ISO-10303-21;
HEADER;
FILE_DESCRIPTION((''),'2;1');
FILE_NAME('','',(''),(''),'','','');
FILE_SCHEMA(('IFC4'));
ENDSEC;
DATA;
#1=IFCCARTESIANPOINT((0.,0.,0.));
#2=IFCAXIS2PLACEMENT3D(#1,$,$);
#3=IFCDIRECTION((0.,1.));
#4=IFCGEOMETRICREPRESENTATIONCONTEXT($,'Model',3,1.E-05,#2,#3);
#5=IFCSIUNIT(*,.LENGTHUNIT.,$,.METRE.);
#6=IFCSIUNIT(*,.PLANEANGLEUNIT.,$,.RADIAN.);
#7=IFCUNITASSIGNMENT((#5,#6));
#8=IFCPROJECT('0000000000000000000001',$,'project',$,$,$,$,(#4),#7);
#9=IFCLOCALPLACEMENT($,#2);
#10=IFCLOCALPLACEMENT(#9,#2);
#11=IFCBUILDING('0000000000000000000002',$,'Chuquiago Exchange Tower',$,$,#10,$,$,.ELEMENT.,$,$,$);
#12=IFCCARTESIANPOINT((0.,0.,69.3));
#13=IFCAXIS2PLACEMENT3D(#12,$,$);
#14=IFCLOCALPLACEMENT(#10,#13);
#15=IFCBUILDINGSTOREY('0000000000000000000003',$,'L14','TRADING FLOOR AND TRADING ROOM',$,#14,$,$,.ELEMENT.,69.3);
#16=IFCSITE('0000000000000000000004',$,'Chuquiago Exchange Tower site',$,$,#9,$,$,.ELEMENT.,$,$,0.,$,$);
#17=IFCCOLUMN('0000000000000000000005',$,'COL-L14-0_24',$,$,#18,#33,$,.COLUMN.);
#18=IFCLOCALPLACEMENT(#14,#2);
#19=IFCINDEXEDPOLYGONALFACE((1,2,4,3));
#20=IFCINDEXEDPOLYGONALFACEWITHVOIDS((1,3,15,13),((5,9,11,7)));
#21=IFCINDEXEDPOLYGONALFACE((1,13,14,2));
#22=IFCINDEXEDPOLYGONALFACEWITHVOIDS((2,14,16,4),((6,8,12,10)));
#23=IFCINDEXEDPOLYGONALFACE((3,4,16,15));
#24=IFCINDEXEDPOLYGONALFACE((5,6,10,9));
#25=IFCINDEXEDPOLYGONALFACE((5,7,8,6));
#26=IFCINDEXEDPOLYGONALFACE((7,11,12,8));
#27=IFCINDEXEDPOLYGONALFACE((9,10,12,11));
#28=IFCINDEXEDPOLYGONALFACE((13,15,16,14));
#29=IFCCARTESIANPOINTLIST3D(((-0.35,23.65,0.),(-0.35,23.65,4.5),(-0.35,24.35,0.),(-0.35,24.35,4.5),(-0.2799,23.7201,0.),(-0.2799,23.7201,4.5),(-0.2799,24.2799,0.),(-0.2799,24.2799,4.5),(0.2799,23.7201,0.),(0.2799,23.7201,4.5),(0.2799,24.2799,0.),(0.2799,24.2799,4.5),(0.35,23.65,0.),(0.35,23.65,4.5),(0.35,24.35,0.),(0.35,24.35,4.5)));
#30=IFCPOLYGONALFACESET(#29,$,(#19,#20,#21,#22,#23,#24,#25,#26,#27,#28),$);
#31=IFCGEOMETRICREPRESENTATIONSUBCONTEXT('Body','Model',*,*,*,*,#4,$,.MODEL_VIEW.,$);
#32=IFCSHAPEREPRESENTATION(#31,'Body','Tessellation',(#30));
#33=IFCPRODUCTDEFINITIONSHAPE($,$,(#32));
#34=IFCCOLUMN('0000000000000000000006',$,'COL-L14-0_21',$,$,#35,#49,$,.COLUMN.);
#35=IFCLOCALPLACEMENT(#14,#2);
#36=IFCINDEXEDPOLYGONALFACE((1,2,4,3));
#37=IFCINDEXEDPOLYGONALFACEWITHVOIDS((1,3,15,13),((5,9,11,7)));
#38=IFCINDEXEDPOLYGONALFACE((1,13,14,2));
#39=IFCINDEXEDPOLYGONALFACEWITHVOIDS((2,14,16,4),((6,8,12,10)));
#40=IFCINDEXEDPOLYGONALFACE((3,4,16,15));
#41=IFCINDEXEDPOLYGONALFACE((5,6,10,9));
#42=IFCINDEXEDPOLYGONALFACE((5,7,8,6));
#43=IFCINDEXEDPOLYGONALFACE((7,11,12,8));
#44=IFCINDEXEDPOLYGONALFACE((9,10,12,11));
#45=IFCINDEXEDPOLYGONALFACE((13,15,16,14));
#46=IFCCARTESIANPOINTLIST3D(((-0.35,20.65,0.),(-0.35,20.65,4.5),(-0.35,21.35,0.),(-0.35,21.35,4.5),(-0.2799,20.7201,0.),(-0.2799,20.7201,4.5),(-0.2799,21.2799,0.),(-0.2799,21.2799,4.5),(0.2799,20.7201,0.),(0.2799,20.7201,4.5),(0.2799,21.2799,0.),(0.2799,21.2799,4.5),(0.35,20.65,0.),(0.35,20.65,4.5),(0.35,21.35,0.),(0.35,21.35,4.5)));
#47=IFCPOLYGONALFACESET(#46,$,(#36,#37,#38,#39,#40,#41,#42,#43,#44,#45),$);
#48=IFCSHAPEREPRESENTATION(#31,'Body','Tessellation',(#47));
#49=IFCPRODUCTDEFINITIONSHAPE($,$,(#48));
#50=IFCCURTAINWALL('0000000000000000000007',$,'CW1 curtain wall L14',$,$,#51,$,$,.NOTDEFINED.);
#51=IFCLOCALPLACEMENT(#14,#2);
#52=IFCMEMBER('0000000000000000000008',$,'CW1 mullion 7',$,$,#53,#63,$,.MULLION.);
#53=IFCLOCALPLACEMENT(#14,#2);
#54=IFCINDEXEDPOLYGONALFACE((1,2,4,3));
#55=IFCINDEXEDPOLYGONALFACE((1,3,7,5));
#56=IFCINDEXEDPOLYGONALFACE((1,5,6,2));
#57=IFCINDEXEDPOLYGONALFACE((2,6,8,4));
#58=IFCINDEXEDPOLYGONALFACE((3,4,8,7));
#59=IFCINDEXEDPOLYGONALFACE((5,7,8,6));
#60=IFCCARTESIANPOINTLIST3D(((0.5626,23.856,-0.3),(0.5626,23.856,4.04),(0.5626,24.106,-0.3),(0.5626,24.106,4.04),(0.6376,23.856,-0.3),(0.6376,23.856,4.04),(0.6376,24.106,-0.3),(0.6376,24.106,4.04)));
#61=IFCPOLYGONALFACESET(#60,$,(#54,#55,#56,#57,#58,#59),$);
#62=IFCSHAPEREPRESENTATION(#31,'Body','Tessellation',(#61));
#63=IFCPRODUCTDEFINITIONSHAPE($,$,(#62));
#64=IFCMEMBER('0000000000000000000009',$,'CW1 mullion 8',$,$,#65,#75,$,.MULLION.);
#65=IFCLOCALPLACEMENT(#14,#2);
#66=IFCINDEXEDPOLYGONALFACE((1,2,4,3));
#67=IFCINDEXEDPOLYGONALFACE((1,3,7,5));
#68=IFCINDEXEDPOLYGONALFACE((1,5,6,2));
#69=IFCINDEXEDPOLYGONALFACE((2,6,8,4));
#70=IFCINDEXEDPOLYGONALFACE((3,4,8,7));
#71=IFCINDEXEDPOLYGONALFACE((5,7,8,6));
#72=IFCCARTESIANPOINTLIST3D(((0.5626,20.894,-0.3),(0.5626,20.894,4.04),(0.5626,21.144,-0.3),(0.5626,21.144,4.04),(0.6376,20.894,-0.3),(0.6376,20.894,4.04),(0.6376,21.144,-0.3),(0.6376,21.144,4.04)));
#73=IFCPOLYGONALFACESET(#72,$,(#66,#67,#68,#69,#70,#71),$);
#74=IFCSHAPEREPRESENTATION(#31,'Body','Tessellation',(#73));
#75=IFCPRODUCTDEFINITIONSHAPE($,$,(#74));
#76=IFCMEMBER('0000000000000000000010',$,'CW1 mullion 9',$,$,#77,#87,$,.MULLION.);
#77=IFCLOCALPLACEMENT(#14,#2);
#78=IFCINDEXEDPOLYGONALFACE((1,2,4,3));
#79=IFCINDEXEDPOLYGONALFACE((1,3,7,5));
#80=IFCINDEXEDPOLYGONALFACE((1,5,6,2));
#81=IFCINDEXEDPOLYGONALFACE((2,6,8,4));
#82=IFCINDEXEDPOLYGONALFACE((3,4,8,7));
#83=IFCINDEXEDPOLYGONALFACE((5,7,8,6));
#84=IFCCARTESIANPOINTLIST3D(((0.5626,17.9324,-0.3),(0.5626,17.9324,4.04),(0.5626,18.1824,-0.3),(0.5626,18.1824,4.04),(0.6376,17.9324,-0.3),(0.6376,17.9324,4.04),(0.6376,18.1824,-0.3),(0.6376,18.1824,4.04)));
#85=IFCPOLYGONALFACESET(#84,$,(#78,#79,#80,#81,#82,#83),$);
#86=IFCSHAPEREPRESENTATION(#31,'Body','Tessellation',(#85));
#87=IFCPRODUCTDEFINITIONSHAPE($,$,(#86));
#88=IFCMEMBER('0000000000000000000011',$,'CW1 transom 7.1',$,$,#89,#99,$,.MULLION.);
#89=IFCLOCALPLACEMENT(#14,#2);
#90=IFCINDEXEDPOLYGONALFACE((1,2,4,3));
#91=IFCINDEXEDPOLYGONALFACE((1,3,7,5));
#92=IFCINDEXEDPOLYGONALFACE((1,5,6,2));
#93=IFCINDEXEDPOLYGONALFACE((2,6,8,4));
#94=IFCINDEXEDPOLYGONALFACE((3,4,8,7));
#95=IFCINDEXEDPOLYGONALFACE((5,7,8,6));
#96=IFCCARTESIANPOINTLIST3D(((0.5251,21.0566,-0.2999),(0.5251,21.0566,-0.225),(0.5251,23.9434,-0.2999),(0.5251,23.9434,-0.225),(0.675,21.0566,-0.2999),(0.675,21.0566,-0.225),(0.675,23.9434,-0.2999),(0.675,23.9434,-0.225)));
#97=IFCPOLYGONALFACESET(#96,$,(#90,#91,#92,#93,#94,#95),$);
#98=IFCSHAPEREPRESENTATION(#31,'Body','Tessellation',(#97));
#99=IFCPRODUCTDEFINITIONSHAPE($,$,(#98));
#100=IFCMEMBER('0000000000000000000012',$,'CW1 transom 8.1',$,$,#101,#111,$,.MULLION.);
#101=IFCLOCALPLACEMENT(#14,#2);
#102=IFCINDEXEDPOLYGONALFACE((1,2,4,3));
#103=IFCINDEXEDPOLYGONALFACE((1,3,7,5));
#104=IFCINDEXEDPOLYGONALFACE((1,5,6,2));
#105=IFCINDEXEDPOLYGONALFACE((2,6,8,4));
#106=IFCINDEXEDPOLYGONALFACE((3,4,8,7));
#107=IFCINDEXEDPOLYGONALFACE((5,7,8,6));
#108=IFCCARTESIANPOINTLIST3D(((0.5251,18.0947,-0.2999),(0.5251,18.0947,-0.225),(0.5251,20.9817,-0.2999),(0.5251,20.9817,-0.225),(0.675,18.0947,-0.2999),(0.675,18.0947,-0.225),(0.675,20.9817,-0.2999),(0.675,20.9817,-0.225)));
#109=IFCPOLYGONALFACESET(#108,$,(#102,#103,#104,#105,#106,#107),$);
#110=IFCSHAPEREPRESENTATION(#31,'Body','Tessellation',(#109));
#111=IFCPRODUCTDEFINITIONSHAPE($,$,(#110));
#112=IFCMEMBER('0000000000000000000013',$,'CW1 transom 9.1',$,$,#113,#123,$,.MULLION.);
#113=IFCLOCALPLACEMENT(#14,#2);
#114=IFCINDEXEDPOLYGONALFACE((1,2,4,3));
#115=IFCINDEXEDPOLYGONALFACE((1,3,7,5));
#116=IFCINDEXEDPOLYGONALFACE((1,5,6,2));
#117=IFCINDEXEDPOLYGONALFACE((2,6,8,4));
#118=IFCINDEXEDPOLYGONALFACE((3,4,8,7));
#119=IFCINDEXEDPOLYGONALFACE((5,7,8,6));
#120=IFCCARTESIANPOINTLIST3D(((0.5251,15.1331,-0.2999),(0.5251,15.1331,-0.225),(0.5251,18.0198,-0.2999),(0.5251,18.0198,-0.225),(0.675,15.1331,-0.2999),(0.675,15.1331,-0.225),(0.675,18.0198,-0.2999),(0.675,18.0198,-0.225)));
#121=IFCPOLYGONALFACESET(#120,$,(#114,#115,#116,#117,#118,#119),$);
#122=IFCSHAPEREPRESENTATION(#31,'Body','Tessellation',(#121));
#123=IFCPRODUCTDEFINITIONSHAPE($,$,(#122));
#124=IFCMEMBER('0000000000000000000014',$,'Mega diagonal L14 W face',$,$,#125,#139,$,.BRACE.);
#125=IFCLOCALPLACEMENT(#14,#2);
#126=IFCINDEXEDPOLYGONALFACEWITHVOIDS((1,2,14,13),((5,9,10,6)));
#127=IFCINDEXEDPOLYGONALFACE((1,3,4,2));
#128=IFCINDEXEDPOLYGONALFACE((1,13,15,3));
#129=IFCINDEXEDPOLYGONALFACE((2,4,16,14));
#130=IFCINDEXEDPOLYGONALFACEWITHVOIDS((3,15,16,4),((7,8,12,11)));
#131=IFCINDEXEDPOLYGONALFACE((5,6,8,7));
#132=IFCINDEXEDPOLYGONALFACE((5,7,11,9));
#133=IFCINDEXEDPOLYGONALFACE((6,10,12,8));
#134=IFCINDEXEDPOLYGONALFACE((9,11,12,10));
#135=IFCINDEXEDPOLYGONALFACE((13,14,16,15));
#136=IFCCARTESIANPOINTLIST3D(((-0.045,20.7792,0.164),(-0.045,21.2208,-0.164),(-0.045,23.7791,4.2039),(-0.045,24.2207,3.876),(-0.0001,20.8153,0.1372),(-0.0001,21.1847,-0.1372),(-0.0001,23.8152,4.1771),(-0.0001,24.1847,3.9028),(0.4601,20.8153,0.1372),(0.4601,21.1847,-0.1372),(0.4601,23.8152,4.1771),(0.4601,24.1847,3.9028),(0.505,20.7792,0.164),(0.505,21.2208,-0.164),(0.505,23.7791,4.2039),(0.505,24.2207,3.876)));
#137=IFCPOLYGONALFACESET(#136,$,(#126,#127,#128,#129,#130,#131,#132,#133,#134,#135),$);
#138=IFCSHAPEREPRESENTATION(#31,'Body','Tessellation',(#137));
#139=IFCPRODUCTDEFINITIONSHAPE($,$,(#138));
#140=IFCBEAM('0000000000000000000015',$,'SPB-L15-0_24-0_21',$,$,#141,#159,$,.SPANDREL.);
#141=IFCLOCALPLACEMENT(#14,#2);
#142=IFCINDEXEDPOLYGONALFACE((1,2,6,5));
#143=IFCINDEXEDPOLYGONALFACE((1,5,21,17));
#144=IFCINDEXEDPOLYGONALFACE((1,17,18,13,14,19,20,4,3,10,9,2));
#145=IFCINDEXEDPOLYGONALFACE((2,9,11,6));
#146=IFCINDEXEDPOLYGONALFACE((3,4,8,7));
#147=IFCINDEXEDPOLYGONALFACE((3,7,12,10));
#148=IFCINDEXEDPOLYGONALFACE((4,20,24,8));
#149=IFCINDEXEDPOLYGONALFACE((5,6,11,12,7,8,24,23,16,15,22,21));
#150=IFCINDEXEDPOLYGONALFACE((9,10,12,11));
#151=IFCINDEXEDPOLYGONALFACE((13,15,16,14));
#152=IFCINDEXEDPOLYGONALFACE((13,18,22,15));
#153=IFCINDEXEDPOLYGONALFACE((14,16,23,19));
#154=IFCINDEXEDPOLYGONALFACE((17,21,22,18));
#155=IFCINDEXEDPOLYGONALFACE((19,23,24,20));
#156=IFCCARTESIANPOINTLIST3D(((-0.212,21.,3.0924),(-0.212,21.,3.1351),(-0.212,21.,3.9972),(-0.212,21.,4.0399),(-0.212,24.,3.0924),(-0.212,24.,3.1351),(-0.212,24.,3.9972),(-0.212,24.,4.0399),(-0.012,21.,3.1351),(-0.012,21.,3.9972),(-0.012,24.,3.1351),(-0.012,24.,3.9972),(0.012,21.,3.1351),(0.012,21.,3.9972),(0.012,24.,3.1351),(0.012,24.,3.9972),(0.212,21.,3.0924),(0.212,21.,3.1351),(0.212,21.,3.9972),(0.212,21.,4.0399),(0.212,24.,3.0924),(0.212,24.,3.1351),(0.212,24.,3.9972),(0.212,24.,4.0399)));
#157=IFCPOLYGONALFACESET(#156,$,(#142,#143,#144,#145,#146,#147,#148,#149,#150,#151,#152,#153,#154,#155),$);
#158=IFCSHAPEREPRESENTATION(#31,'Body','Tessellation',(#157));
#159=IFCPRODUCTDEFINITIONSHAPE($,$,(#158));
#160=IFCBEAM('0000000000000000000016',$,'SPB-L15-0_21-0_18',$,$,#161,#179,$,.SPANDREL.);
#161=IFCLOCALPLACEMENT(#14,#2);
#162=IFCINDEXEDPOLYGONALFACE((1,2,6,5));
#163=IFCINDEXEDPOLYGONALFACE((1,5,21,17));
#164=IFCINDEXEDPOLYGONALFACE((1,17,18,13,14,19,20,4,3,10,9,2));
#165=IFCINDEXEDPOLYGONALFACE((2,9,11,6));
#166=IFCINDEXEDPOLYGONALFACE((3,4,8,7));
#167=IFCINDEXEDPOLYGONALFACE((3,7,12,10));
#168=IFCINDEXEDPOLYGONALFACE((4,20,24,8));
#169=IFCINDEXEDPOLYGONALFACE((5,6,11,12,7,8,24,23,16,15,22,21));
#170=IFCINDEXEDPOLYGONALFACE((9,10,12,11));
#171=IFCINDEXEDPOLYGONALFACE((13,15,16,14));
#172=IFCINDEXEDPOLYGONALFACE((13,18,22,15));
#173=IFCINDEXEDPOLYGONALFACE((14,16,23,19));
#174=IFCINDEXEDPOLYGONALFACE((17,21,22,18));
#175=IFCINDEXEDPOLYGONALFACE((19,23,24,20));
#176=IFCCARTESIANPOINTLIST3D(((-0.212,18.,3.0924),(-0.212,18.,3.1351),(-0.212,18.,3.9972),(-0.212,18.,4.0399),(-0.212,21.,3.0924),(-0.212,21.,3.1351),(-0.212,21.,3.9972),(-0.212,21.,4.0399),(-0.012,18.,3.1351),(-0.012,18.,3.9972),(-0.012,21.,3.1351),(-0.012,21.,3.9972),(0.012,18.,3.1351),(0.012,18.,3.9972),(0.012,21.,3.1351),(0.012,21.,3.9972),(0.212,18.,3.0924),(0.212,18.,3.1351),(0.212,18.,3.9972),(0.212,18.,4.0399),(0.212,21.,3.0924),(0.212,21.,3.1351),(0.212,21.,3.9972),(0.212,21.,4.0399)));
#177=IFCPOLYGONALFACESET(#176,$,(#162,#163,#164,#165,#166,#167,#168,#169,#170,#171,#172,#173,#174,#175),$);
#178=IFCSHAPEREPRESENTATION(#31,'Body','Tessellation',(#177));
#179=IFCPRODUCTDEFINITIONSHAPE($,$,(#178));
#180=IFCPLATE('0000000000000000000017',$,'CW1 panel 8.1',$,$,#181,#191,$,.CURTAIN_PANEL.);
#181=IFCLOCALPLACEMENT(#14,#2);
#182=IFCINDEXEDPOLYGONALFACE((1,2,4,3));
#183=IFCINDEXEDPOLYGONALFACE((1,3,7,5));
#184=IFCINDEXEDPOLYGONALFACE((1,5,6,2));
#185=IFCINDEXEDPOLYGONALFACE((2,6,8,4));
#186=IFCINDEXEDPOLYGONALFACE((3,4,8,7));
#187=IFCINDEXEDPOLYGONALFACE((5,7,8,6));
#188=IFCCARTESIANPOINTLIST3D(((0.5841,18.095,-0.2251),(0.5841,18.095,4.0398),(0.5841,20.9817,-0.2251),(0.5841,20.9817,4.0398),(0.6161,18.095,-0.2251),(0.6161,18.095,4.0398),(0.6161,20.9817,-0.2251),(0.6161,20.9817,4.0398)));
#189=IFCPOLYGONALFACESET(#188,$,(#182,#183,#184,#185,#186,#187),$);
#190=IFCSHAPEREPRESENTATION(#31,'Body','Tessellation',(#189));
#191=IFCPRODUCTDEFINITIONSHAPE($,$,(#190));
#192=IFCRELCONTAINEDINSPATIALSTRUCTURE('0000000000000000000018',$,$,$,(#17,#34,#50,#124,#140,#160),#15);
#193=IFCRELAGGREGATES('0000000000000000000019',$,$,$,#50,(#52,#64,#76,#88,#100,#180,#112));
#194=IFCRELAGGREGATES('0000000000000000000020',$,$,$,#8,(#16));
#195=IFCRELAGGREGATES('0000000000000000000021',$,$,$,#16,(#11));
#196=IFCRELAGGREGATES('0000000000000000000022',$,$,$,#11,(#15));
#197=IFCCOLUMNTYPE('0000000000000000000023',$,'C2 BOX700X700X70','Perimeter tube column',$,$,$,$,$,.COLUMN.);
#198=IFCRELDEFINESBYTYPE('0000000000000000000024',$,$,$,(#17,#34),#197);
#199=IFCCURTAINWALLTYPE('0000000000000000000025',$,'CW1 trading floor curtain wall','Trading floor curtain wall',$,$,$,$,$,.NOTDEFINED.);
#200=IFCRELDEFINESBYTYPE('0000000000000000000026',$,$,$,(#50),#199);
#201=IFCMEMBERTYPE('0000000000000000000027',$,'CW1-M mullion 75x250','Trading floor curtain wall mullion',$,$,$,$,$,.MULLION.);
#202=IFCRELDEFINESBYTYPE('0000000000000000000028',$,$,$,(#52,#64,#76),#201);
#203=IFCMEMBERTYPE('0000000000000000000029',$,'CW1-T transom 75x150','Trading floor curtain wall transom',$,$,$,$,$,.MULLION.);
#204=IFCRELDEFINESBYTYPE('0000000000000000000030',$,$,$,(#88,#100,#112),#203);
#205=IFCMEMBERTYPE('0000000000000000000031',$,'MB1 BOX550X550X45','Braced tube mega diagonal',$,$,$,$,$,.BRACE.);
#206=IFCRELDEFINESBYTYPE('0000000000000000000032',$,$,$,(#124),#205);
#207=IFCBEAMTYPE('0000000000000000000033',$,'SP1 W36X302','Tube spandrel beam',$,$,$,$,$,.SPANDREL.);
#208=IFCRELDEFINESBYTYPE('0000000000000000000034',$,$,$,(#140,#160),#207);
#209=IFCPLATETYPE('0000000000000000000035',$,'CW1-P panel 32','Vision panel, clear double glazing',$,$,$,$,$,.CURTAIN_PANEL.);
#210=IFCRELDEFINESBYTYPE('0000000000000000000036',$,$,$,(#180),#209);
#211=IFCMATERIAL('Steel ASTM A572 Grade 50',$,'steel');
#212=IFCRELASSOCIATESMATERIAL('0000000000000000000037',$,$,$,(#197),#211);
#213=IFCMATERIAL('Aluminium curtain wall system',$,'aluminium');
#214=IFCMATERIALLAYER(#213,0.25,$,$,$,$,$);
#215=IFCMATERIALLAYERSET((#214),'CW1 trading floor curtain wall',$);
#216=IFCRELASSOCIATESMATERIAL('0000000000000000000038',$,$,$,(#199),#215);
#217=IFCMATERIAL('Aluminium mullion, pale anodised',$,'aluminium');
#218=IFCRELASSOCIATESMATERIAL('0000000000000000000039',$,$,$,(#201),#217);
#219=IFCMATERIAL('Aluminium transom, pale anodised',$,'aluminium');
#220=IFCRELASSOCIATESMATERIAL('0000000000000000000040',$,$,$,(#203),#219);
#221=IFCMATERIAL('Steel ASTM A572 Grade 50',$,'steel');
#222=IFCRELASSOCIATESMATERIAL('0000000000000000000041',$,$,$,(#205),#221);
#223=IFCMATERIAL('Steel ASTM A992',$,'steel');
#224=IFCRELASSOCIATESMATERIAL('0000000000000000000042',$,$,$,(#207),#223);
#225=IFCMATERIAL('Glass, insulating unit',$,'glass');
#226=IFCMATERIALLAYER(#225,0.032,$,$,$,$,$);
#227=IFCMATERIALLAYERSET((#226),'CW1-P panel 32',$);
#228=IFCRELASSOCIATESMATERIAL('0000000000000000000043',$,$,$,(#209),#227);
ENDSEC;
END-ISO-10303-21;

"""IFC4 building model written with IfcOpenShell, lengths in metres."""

from ifc_helpers import new_model, si_unit, direction, frame, origin, origin_2d, place, context, subcontext, project, spatial, rectangle, hollow_rectangle, i_section, extrude, material, layer, layer_set, material_profile, profile_set, type_object, element, aggregate, save


model = new_model("IFC4")

# Units and contexts
model_context = context("Model", 3, precision=1e-05, world=origin(), true_north=direction((0.0, 1.0)))
body_context = subcontext(model_context, "Body", "Model", "MODEL_VIEW")
ifc_project = project(units=[si_unit("LENGTHUNIT", "METRE"), si_unit("PLANEANGLEUNIT", "RADIAN")], contexts=[model_context])

# Site, building, storey
site_placement = place(None, origin())
site = spatial("IfcSite", under=ifc_project, at=site_placement, Name="Chuquiago Exchange Tower site", CompositionType="ELEMENT", RefElevation=0.0)
building_placement = place(site_placement, origin())
building = spatial("IfcBuilding", under=site, at=building_placement, Name="Chuquiago Exchange Tower", CompositionType="ELEMENT")
storey_placement = place(building_placement, frame((0.0, 0.0, 69.3)))
storey = spatial("IfcBuildingStorey", under=building, at=storey_placement, Name="L14", Description="TRADING FLOOR AND TRADING ROOM", CompositionType="ELEMENT", Elevation=69.3)

# Columns
ifc_material_1 = material(Name="Steel ASTM A572 Grade 50", Category="steel")
ifc_material_profile_1 = material_profile(ifc_material_1, hollow_rectangle(XDim=0.7, YDim=0.7, WallThickness=0.0701, at=origin_2d()), Name="BOX700X700X70")
ifc_profile_set_1 = profile_set([ifc_material_profile_1], Name="Steel ASTM A572 Grade 50")
column_type = type_object("IfcColumnType", Name="C2 BOX700X700X70", Description="Perimeter tube column", PredefinedType="COLUMN", material=ifc_profile_set_1)
for number, where, z_axis, x_axis, name in (
    (1, (0.0, 24.0, 0.0), (0.0, 0.0, 1.0), (-1.0, 0.0, 0.0), "COL-L14-0_24"),
    (2, (0.0, 21.0, 0.0), (0.0, 0.0, 1.0), (-1.0, 0.0, 0.0), "COL-L14-0_21"),
):
    element("IfcColumn", number, at=place(storey_placement, frame(where, z_axis=z_axis, x_axis=x_axis)), inside=storey, type_object=column_type, Name=name, PredefinedType="COLUMN", context=body_context, shape_type="SweptSolid", body=[
        extrude(hollow_rectangle(XDim=0.7, YDim=0.7, WallThickness=0.0701, at=origin_2d()), origin(), (0.0, 0.0, 1.0), 4.5),
    ])

# Curtain wall, members
ifc_material_2 = material(Name="Aluminium curtain wall system", Category="aluminium")
ifc_layer_1 = layer(ifc_material_2, 0.25)
ifc_layer_set_1 = layer_set([ifc_layer_1], Name="CW1 trading floor curtain wall")
curtain_wall_type = type_object("IfcCurtainWallType", Name="CW1 trading floor curtain wall", Description="Trading floor curtain wall", PredefinedType="NOTDEFINED", material=ifc_layer_set_1)
curtain_wall_placement = place(storey_placement, origin())
curtain_wall = element("IfcCurtainWall", 3, at=curtain_wall_placement, inside=storey, type_object=curtain_wall_type, Name="CW1 curtain wall L14", PredefinedType="NOTDEFINED")
ifc_material_3 = material(Name="Aluminium mullion, pale anodised", Category="aluminium")
ifc_material_profile_2 = material_profile(ifc_material_3, rectangle(XDim=0.075, YDim=0.25, at=origin_2d()), Name="AL 75x250")
ifc_profile_set_2 = profile_set([ifc_material_profile_2], Name="Aluminium mullion, pale anodised")
member_type_1 = type_object("IfcMemberType", Name="CW1-M mullion 75x250", Description="Trading floor curtain wall mullion", PredefinedType="MULLION", material=ifc_profile_set_2)
member_1_placement = place(storey_placement, frame((0.6001, 23.981, -0.3), z_axis=(0.0, 0.0, 1.0), x_axis=(1.0, 0.0, 0.0)))
member_1 = element("IfcMember", 4, at=member_1_placement, type_object=member_type_1, Name="CW1 mullion 7", PredefinedType="MULLION", context=body_context, shape_type="SweptSolid", body=[
    extrude(rectangle(XDim=0.075, YDim=0.25, at=origin_2d()), origin(), (0.0, 0.0, 1.0), 4.3401),
])
member_2_placement = place(storey_placement, frame((0.6001, 21.019, -0.3), z_axis=(0.0, 0.0, 1.0), x_axis=(1.0, 0.0, 0.0)))
member_2 = element("IfcMember", 5, at=member_2_placement, type_object=member_type_1, Name="CW1 mullion 8", PredefinedType="MULLION", context=body_context, shape_type="SweptSolid", body=[
    extrude(rectangle(XDim=0.075, YDim=0.25, at=origin_2d()), origin(), (0.0, 0.0, 1.0), 4.3401),
])
member_3_placement = place(storey_placement, frame((0.6001, 18.0574, -0.3), z_axis=(0.0, 0.0, 1.0), x_axis=(1.0, 0.0, 0.0)))
member_3 = element("IfcMember", 6, at=member_3_placement, type_object=member_type_1, Name="CW1 mullion 9", PredefinedType="MULLION", context=body_context, shape_type="SweptSolid", body=[
    extrude(rectangle(XDim=0.075, YDim=0.25, at=origin_2d()), origin(), (0.0, 0.0, 1.0), 4.3401),
])
ifc_material_4 = material(Name="Aluminium transom, pale anodised", Category="aluminium")
ifc_material_profile_3 = material_profile(ifc_material_4, rectangle(XDim=0.1499, YDim=0.075, at=origin_2d()), Name="AL 150x75")
ifc_profile_set_3 = profile_set([ifc_material_profile_3], Name="Aluminium transom, pale anodised")
member_type_2 = type_object("IfcMemberType", Name="CW1-T transom 75x150", Description="Trading floor curtain wall transom", PredefinedType="MULLION", material=ifc_profile_set_3)
member_4_placement = place(storey_placement, frame((0.6001, 23.9434, -0.2625), z_axis=(0.0, -1.0, 0.0), x_axis=(1.0, 0.0, 0.0)))
member_4 = element("IfcMember", 7, at=member_4_placement, type_object=member_type_2, Name="CW1 transom 7.1", PredefinedType="MULLION", context=body_context, shape_type="SweptSolid", body=[
    extrude(rectangle(XDim=0.1499, YDim=0.075, at=origin_2d()), origin(), (0.0, 0.0, 1.0), 2.8867),
])
member_5_placement = place(storey_placement, frame((0.6001, 20.9817, -0.2625), z_axis=(0.0, -1.0, 0.0), x_axis=(1.0, 0.0, 0.0)))
member_5 = element("IfcMember", 8, at=member_5_placement, type_object=member_type_2, Name="CW1 transom 8.1", PredefinedType="MULLION", context=body_context, shape_type="SweptSolid", body=[
    extrude(rectangle(XDim=0.1499, YDim=0.075, at=origin_2d()), origin(), (0.0, 0.0, 1.0), 2.887),
])
member_6_placement = place(storey_placement, frame((0.6001, 18.0198, -0.2625), z_axis=(0.0, -1.0, 0.0), x_axis=(1.0, 0.0, 0.0)))
member_6 = element("IfcMember", 9, at=member_6_placement, type_object=member_type_2, Name="CW1 transom 9.1", PredefinedType="MULLION", context=body_context, shape_type="SweptSolid", body=[
    extrude(rectangle(XDim=0.1499, YDim=0.075, at=origin_2d()), origin(), (0.0, 0.0, 1.0), 2.8867),
])

# Member
ifc_material_5 = material(Name="Steel ASTM A572 Grade 50", Category="steel")
ifc_material_profile_4 = material_profile(ifc_material_5, hollow_rectangle(XDim=0.55, YDim=0.55, WallThickness=0.0449, at=origin_2d()), Name="BOX550X550X45")
ifc_profile_set_4 = profile_set([ifc_material_profile_4], Name="Steel ASTM A572 Grade 50")
member_type_3 = type_object("IfcMemberType", Name="MB1 BOX550X550X45", Description="Braced tube mega diagonal", PredefinedType="BRACE", material=ifc_profile_set_4)
member_7_placement = place(storey_placement, frame((0.23, 21.0, 0.0), z_axis=(0.0, 0.596174, 0.802855), x_axis=(-1.0, 0.0, 0.0)))
element("IfcMember", 10, at=member_7_placement, inside=storey, type_object=member_type_3, Name="Mega diagonal L14 W face", PredefinedType="BRACE", context=body_context, shape_type="SweptSolid", body=[
    extrude(hollow_rectangle(XDim=0.55, YDim=0.55, WallThickness=0.0449, at=origin_2d()), origin(), (0.0, 0.0, 1.0), 5.032),
])

# Beams
ifc_material_6 = material(Name="Steel ASTM A992", Category="steel")
ifc_material_profile_5 = material_profile(ifc_material_6, i_section(OverallWidth=0.4241, OverallDepth=0.9475, WebThickness=0.0239, FlangeThickness=0.0427, at=origin_2d()), Name="W36X302")
ifc_profile_set_5 = profile_set([ifc_material_profile_5], Name="Steel ASTM A992")
beam_type = type_object("IfcBeamType", Name="SP1 W36X302", Description="Tube spandrel beam", PredefinedType="SPANDREL", material=ifc_profile_set_5)
for number, where, z_axis, x_axis, name in (
    (11, (0.0, 24.0, 3.5662), (0.0, -1.0, 0.0), (1.0, 0.0, 0.0), "SPB-L15-0_24-0_21"),
    (12, (0.0, 21.0, 3.5662), (0.0, -1.0, 0.0), (1.0, 0.0, 0.0), "SPB-L15-0_21-0_18"),
):
    element("IfcBeam", number, at=place(storey_placement, frame(where, z_axis=z_axis, x_axis=x_axis)), inside=storey, type_object=beam_type, Name=name, PredefinedType="SPANDREL", context=body_context, shape_type="SweptSolid", body=[
        extrude(i_section(OverallWidth=0.4241, OverallDepth=0.9475, WebThickness=0.0239, FlangeThickness=0.0427, at=origin_2d()), origin(), (0.0, 0.0, 1.0), 3.0),
    ])

# Plate
ifc_material_7 = material(Name="Glass, insulating unit", Category="glass")
ifc_layer_2 = layer(ifc_material_7, 0.032)
ifc_layer_set_2 = layer_set([ifc_layer_2], Name="CW1-P panel 32")
plate_type_1 = type_object("IfcPlateType", Name="CW1-P panel 32", Description="Vision panel, clear double glazing", PredefinedType="CURTAIN_PANEL", material=ifc_layer_set_2)
plate_1_placement = place(storey_placement, frame((0.6001, 19.5383, -0.2251), z_axis=(0.0, 0.0, 1.0), x_axis=(0.0, -1.0, 0.0)))
plate_1 = element("IfcPlate", 13, at=plate_1_placement, type_object=plate_type_1, Name="CW1 panel 8.1", PredefinedType="CURTAIN_PANEL", context=body_context, shape_type="SweptSolid", body=[
    extrude(rectangle(XDim=2.8867, YDim=0.032, at=origin_2d()), origin(), (0.0, 0.0, 1.0), 4.2649),
])
aggregate(curtain_wall, [member_1, member_2, member_3, member_4, member_5, plate_1, member_6])

save(model, "model.ifc")
